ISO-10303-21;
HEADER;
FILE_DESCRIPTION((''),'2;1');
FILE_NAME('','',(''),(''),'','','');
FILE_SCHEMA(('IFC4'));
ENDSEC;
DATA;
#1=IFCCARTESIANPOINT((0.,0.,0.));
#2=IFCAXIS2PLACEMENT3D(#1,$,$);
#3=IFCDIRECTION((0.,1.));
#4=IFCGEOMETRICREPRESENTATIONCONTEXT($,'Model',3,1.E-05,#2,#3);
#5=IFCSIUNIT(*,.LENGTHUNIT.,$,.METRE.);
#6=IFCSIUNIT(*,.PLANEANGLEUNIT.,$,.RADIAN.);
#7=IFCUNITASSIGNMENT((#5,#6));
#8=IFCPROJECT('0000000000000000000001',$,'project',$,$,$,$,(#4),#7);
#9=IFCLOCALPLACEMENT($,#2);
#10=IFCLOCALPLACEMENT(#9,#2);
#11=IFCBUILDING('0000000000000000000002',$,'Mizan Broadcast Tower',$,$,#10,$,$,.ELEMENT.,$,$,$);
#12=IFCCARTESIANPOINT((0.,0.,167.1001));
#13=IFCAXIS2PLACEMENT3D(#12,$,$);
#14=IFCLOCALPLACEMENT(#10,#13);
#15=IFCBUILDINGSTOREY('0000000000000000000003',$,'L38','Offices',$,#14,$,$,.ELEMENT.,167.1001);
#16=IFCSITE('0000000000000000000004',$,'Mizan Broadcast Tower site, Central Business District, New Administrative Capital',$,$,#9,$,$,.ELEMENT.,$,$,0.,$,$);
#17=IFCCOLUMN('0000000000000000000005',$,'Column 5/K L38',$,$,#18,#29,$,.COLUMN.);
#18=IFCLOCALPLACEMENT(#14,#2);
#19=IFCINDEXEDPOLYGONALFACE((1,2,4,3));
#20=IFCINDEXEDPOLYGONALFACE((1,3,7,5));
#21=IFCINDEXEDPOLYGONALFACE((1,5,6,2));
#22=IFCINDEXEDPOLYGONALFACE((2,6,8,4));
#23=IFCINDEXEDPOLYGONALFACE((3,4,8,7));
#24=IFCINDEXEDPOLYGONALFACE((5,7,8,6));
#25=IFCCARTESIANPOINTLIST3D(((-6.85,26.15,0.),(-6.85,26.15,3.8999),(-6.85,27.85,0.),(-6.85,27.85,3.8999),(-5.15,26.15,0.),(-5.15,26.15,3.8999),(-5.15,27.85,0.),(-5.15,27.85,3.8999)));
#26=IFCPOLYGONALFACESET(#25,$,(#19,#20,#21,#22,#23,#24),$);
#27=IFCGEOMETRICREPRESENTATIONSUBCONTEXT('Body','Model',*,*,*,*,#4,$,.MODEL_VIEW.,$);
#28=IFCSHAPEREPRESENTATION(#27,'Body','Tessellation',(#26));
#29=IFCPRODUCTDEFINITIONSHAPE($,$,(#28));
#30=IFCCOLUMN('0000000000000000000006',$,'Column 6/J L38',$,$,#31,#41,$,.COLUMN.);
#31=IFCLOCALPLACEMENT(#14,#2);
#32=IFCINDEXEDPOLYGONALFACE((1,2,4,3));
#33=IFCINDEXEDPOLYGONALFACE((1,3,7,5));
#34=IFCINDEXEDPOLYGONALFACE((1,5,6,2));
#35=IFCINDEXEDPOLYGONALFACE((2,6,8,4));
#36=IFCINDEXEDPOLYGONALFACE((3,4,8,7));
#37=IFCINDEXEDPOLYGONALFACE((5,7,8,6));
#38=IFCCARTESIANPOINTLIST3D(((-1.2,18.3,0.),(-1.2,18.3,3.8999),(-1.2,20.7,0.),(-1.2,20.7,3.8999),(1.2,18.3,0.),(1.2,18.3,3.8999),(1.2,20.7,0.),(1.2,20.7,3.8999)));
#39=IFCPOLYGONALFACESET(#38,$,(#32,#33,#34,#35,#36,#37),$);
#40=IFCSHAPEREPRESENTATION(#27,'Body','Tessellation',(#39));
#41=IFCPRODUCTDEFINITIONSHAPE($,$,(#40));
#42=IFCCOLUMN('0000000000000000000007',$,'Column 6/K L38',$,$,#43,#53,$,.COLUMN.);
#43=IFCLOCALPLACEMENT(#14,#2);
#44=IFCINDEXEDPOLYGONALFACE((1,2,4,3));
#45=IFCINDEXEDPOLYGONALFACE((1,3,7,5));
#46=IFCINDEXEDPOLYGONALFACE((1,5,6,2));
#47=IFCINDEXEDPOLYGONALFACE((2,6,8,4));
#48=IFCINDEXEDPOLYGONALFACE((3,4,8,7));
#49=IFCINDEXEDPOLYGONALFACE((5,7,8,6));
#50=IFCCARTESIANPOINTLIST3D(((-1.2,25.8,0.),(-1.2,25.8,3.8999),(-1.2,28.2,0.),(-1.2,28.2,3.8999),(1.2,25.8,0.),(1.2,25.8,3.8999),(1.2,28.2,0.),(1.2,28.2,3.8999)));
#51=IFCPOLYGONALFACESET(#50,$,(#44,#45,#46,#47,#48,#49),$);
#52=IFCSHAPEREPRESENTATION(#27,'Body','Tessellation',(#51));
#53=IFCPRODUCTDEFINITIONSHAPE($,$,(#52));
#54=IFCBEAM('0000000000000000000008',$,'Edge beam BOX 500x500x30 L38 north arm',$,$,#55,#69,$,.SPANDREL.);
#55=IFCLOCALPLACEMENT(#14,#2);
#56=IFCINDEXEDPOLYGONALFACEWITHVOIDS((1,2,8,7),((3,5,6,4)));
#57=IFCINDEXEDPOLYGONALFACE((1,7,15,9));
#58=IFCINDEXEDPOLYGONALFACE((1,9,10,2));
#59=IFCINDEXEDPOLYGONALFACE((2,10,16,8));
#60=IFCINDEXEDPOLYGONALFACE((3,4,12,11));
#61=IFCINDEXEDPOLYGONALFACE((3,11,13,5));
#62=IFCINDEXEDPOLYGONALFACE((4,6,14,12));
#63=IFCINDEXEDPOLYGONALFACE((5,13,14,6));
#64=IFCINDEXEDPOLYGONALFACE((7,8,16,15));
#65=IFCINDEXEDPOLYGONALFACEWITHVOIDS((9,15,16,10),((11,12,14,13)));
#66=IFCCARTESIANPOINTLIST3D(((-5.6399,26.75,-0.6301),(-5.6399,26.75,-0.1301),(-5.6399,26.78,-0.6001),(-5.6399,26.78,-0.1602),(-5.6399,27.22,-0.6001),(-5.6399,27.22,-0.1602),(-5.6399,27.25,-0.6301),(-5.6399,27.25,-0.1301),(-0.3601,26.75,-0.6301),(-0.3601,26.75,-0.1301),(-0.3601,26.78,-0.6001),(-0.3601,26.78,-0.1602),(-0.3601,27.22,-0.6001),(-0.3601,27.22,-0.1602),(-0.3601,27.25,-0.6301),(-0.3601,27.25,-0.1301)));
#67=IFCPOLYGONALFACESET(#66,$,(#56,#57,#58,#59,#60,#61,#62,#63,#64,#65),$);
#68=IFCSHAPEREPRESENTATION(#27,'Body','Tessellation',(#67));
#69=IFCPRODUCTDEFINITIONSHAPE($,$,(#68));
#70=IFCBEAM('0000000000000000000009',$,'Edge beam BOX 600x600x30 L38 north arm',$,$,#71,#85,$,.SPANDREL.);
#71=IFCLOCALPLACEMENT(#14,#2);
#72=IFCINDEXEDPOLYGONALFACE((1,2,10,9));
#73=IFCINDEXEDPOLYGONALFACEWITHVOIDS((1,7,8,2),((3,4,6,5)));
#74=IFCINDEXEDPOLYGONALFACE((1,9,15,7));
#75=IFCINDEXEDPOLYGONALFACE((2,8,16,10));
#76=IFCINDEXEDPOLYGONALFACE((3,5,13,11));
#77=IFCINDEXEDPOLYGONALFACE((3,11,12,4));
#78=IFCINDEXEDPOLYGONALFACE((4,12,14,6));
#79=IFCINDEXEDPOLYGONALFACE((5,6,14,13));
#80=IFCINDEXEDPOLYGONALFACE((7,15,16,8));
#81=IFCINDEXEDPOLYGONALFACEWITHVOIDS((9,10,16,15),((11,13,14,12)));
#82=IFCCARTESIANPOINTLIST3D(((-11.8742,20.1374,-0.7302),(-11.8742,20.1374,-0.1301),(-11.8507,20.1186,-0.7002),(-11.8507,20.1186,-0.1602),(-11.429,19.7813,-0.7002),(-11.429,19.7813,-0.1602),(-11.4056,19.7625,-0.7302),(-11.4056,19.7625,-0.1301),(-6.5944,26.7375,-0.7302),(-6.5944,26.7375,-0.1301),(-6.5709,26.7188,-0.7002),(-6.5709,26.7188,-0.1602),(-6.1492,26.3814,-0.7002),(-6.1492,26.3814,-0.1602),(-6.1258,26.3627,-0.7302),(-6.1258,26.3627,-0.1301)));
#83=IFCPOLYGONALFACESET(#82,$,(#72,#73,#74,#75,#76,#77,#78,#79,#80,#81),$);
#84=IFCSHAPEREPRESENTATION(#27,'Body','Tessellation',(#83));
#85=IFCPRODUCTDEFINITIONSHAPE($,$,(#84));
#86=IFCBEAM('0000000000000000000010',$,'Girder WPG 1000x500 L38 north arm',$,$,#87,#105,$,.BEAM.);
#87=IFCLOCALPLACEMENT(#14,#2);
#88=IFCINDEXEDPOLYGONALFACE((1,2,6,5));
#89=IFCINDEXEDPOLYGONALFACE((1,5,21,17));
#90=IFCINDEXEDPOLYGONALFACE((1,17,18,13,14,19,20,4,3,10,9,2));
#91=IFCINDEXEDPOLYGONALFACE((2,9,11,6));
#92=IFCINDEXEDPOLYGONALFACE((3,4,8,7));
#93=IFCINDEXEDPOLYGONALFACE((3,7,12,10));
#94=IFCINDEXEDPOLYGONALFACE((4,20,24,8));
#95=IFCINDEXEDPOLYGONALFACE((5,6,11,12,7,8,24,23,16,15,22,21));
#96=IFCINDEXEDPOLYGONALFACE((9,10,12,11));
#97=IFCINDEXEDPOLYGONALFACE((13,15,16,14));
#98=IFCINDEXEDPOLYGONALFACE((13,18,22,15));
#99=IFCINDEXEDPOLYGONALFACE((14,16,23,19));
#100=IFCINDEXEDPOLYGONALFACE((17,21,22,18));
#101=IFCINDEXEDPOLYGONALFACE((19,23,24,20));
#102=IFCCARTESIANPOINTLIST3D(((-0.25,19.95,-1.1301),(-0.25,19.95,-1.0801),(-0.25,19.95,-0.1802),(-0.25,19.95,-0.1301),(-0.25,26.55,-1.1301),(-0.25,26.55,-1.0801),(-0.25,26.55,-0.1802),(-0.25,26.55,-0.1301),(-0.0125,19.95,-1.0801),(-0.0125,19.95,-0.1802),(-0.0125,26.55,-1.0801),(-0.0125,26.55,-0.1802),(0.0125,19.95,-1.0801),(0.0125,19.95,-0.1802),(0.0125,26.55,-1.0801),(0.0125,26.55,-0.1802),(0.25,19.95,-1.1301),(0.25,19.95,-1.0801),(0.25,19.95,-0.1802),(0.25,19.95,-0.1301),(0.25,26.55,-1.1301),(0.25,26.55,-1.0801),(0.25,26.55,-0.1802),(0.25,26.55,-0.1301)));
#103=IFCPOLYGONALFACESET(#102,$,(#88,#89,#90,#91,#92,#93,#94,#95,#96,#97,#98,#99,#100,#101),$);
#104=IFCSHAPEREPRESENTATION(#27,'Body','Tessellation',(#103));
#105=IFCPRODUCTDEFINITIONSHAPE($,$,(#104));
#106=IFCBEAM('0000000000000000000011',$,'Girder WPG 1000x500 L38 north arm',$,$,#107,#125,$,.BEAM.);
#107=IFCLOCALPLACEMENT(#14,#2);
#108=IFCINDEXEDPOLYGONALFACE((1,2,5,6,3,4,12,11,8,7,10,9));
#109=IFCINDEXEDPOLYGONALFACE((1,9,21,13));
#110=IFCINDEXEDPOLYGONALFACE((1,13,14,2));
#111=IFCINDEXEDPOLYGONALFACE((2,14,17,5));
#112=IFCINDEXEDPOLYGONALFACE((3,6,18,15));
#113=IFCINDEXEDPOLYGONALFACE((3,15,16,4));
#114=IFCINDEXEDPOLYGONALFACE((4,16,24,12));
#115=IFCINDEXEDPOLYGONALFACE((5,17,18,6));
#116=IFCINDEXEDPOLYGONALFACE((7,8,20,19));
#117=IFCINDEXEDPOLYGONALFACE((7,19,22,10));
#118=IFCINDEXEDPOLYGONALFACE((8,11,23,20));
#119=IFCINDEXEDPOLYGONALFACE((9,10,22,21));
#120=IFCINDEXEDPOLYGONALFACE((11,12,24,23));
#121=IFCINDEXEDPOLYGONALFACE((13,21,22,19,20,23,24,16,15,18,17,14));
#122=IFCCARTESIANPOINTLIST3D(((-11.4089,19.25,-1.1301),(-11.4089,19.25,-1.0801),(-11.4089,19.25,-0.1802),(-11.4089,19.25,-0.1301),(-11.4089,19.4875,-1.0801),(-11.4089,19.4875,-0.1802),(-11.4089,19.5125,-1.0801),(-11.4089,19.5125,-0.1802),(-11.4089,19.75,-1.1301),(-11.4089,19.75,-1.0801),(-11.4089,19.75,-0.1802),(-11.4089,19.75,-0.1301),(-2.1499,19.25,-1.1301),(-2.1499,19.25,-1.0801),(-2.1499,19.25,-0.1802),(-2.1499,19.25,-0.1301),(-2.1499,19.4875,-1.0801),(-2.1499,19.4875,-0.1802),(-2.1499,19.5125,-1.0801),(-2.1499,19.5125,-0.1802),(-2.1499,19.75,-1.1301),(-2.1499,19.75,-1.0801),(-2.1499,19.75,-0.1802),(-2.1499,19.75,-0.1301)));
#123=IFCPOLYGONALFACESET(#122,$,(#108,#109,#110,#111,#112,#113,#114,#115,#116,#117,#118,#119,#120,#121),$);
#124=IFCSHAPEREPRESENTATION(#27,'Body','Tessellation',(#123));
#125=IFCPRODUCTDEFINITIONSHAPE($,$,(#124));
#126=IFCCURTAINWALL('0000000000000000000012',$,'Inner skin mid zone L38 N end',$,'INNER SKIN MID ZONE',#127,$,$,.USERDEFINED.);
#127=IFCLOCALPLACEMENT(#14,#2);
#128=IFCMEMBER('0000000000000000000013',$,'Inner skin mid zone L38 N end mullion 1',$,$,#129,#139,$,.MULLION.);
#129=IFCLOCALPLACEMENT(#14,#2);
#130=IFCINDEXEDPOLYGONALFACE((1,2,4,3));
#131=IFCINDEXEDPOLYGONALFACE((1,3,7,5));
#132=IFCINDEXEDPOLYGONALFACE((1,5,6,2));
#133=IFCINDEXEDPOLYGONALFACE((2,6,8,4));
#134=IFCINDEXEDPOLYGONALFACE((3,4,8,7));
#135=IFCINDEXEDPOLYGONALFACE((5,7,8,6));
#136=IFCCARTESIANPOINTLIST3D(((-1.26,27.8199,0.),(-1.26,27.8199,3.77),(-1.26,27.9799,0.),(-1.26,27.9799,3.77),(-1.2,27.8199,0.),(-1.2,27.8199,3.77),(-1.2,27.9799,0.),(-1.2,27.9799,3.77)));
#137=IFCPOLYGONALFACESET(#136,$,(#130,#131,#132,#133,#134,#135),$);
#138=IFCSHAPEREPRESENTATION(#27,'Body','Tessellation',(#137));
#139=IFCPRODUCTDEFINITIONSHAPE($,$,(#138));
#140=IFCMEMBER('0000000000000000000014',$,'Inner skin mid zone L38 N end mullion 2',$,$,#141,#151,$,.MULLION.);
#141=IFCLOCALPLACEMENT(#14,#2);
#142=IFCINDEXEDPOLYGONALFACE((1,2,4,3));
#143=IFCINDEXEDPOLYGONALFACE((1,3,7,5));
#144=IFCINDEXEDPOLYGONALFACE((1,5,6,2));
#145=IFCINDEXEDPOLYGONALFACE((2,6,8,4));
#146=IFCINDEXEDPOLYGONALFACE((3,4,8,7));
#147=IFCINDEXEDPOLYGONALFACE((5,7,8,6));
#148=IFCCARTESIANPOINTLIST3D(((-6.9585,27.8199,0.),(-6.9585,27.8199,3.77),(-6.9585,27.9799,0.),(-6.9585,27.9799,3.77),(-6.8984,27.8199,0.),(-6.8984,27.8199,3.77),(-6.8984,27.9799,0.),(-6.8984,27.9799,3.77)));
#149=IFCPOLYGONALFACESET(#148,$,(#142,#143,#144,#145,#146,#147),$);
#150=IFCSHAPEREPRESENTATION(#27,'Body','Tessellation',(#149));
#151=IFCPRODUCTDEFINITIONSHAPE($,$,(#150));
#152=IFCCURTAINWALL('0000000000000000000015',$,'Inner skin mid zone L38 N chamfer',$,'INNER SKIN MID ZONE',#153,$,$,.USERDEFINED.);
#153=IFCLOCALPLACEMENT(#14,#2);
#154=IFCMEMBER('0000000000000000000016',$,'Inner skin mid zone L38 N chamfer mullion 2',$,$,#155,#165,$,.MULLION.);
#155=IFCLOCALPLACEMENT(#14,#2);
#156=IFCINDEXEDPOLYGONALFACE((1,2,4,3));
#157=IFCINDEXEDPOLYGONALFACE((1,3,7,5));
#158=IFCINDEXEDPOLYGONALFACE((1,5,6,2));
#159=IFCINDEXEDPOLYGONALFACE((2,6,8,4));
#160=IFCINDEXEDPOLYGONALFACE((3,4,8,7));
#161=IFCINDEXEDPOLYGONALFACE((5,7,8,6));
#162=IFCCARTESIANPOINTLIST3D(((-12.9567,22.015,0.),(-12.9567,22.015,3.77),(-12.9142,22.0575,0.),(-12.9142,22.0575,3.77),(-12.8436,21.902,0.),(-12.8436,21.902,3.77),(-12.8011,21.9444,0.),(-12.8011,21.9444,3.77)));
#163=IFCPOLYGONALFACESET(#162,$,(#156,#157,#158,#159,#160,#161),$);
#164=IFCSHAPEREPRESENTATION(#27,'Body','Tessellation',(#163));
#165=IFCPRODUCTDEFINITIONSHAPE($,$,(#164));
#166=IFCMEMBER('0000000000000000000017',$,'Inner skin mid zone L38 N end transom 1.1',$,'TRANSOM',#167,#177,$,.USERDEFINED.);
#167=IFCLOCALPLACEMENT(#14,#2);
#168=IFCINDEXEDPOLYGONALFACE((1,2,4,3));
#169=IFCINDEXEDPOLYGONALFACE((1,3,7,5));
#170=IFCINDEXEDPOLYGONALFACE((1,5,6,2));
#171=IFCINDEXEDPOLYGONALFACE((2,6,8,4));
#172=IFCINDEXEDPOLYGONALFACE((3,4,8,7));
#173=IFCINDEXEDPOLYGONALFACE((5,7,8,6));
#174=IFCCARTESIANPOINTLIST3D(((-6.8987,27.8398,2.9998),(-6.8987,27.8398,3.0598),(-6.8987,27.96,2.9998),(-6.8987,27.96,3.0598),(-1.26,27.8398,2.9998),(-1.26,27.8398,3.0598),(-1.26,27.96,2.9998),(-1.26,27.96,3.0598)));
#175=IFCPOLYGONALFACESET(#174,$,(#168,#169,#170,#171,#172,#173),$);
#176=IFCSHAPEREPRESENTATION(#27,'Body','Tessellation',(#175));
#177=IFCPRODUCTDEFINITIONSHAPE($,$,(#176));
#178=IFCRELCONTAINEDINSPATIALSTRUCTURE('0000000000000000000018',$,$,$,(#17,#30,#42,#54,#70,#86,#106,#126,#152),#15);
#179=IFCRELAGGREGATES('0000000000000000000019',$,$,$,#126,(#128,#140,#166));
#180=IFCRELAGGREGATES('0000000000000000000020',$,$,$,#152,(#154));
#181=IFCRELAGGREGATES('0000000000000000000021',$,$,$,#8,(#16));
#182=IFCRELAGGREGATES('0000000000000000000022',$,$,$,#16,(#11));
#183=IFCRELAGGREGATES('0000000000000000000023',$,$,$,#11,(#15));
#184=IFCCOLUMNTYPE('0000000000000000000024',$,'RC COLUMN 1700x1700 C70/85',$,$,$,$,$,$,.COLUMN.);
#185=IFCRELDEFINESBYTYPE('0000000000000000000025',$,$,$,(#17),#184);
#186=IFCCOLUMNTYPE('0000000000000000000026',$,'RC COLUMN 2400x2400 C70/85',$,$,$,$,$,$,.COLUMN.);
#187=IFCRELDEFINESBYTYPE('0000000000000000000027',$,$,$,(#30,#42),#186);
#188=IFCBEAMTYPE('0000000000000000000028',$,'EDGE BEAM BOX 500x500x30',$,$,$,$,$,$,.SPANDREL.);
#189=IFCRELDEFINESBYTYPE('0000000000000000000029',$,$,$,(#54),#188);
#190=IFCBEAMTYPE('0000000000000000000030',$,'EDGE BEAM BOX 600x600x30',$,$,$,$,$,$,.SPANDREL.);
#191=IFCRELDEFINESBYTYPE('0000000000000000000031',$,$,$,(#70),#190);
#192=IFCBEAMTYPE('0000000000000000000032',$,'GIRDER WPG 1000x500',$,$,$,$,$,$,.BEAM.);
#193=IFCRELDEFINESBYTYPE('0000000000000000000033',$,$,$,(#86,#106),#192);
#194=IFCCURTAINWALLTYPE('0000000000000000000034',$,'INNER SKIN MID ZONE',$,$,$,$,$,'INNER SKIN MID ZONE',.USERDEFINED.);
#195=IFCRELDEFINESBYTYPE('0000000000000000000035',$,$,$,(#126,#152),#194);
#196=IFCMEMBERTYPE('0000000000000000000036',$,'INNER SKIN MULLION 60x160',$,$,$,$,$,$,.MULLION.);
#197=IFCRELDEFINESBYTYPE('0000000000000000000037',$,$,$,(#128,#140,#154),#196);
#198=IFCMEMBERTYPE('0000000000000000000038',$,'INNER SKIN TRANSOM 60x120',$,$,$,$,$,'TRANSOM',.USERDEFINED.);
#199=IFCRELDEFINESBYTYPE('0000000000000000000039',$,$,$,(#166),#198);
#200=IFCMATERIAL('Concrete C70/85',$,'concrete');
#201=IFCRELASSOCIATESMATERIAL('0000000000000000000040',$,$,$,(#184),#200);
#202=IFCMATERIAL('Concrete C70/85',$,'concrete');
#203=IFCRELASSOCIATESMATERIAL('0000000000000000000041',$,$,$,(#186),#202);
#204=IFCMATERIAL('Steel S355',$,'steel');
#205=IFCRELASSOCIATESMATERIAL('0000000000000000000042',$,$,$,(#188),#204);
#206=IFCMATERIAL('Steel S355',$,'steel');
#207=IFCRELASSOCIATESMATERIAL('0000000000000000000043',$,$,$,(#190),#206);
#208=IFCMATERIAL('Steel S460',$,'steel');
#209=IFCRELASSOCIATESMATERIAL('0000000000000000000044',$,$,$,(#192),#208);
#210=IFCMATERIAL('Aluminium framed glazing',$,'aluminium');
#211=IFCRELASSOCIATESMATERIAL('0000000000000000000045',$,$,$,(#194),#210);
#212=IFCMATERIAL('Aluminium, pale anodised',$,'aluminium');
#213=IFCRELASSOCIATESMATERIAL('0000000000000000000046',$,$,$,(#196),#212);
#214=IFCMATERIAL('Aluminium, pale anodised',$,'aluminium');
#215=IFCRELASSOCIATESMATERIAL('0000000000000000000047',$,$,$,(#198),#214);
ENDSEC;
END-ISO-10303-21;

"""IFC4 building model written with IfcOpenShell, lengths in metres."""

from ifc_helpers import new_model, si_unit, direction, frame, origin, origin_2d, place, context, subcontext, project, spatial, rectangle, hollow_rectangle, i_section, extrude, material, material_profile, profile_set, type_object, element, aggregate, save


model = new_model("IFC4")

# Units and contexts
model_context = context("Model", 3, precision=1e-05, world=origin(), true_north=direction((0.0, 1.0)))
body_context = subcontext(model_context, "Body", "Model", "MODEL_VIEW")
ifc_project = project(units=[si_unit("LENGTHUNIT", "METRE"), si_unit("PLANEANGLEUNIT", "RADIAN")], contexts=[model_context])

# Site, building, storey
site_placement = place(None, origin())
site = spatial("IfcSite", under=ifc_project, at=site_placement, Name="Mizan Broadcast Tower site, Central Business District, New Administrative Capital", CompositionType="ELEMENT", RefElevation=0.0)
building_placement = place(site_placement, origin())
building = spatial("IfcBuilding", under=site, at=building_placement, Name="Mizan Broadcast Tower", CompositionType="ELEMENT")
storey_placement = place(building_placement, frame((0.0, 0.0, 167.1001)))
storey = spatial("IfcBuildingStorey", under=building, at=storey_placement, Name="L38", Description="Offices", CompositionType="ELEMENT", Elevation=167.1001)

# Columns
ifc_material_1 = material(Name="Concrete C70/85", Category="concrete")
ifc_material_profile_1 = material_profile(ifc_material_1, rectangle(XDim=1.7, YDim=1.7, at=origin_2d()), Name="RC 1700x1700")
ifc_profile_set_1 = profile_set([ifc_material_profile_1], Name="Concrete C70/85")
column_type_1 = type_object("IfcColumnType", Name="RC COLUMN 1700x1700 C70/85", PredefinedType="COLUMN", material=ifc_profile_set_1)
column_placement = place(storey_placement, frame((-6.0, 27.0, 0.0), z_axis=(0.0, 0.0, 1.0), x_axis=(1.0, 0.0, 0.0)))
element("IfcColumn", 1, at=column_placement, inside=storey, type_object=column_type_1, Name="Column 5/K L38", PredefinedType="COLUMN", context=body_context, shape_type="SweptSolid", body=[
    extrude(rectangle(XDim=1.7, YDim=1.7, at=origin_2d()), origin(), (0.0, 0.0, 1.0), 3.8999),
])
ifc_material_2 = material(Name="Concrete C70/85", Category="concrete")
ifc_material_profile_2 = material_profile(ifc_material_2, rectangle(XDim=2.3999, YDim=2.3999, at=origin_2d()), Name="RC 2400x2400")
ifc_profile_set_2 = profile_set([ifc_material_profile_2], Name="Concrete C70/85")
column_type_2 = type_object("IfcColumnType", Name="RC COLUMN 2400x2400 C70/85", PredefinedType="COLUMN", material=ifc_profile_set_2)
for number, where, z_axis, x_axis, name in (
    (2, (0.0, 19.5, 0.0), (0.0, 0.0, 1.0), (1.0, 0.0, 0.0), "Column 6/J L38"),
    (3, (0.0, 27.0, 0.0), (0.0, 0.0, 1.0), (1.0, 0.0, 0.0), "Column 6/K L38"),
):
    element("IfcColumn", number, at=place(storey_placement, frame(where, z_axis=z_axis, x_axis=x_axis)), inside=storey, type_object=column_type_2, Name=name, PredefinedType="COLUMN", context=body_context, shape_type="SweptSolid", body=[
        extrude(rectangle(XDim=2.3999, YDim=2.3999, at=origin_2d()), origin(), (0.0, 0.0, 1.0), 3.8999),
    ])

# Beams
ifc_material_3 = material(Name="Steel S355", Category="steel")
ifc_material_profile_3 = material_profile(ifc_material_3, hollow_rectangle(XDim=0.5, YDim=0.5, WallThickness=0.03, at=origin_2d()), Name="BOX 500x500x30")
ifc_profile_set_3 = profile_set([ifc_material_profile_3], Name="Steel S355")
beam_type_1 = type_object("IfcBeamType", Name="EDGE BEAM BOX 500x500x30", PredefinedType="SPANDREL", material=ifc_profile_set_3)
beam_1_placement = place(storey_placement, frame((-5.6399, 27.0, -0.3801), z_axis=(1.0, 0.0, 0.0), x_axis=(0.0, 1.0, 0.0)))
element("IfcBeam", 4, at=beam_1_placement, inside=storey, type_object=beam_type_1, Name="Edge beam BOX 500x500x30 L38 north arm", PredefinedType="SPANDREL", context=body_context, shape_type="SweptSolid", body=[
    extrude(hollow_rectangle(XDim=0.5, YDim=0.5, WallThickness=0.03, at=origin_2d()), origin(), (0.0, 0.0, 1.0), 5.2798),
])
ifc_material_4 = material(Name="Steel S355", Category="steel")
ifc_material_profile_4 = material_profile(ifc_material_4, hollow_rectangle(XDim=0.6001, YDim=0.6001, WallThickness=0.03, at=origin_2d()), Name="BOX 600x600x30")
ifc_profile_set_4 = profile_set([ifc_material_profile_4], Name="Steel S355")
beam_type_2 = type_object("IfcBeamType", Name="EDGE BEAM BOX 600x600x30", PredefinedType="SPANDREL", material=ifc_profile_set_4)
beam_2_placement = place(storey_placement, frame((-11.6399, 19.95, -0.4302), z_axis=(0.624674, 0.780886, 0.0), x_axis=(-0.780886, 0.624674, 0.0)))
element("IfcBeam", 5, at=beam_2_placement, inside=storey, type_object=beam_type_2, Name="Edge beam BOX 600x600x30 L38 north arm", PredefinedType="SPANDREL", context=body_context, shape_type="SweptSolid", body=[
    extrude(hollow_rectangle(XDim=0.6001, YDim=0.6001, WallThickness=0.03, at=origin_2d()), origin(), (0.0, 0.0, 1.0), 8.4521),
])
ifc_material_5 = material(Name="Steel S460", Category="steel")
ifc_material_profile_5 = material_profile(ifc_material_5, i_section(OverallWidth=0.5, OverallDepth=1.0, WebThickness=0.0249, FlangeThickness=0.05, at=origin_2d()), Name="WPG 1000x500")
ifc_profile_set_5 = profile_set([ifc_material_profile_5], Name="Steel S460")
beam_type_3 = type_object("IfcBeamType", Name="GIRDER WPG 1000x500", PredefinedType="BEAM", material=ifc_profile_set_5)
beam_3_placement = place(storey_placement, frame((0.0, 19.95, -0.6301), z_axis=(0.0, 1.0, 0.0), x_axis=(-1.0, 0.0, 0.0)))
element("IfcBeam", 6, at=beam_3_placement, inside=storey, type_object=beam_type_3, Name="Girder WPG 1000x500 L38 north arm", PredefinedType="BEAM", context=body_context, shape_type="SweptSolid", body=[
    extrude(i_section(OverallWidth=0.5, OverallDepth=1.0, WebThickness=0.0249, FlangeThickness=0.05, at=origin_2d()), origin(), (0.0, 0.0, 1.0), 6.6001),
])
beam_4_placement = place(storey_placement, frame((-11.4089, 19.5, -0.6301), z_axis=(1.0, 0.0, 0.0), x_axis=(0.0, 1.0, 0.0)))
element("IfcBeam", 7, at=beam_4_placement, inside=storey, type_object=beam_type_3, Name="Girder WPG 1000x500 L38 north arm", PredefinedType="BEAM", context=body_context, shape_type="SweptSolid", body=[
    extrude(i_section(OverallWidth=0.5, OverallDepth=1.0, WebThickness=0.0249, FlangeThickness=0.05, at=origin_2d()), origin(), (0.0, 0.0, 1.0), 9.259),
])

# Curtain wall, members
ifc_material_6 = material(Name="Aluminium framed glazing", Category="aluminium")
curtain_wall_type_1 = type_object("IfcCurtainWallType", Name="INNER SKIN MID ZONE", ElementType="INNER SKIN MID ZONE", PredefinedType="USERDEFINED", material=ifc_material_6)
curtain_wall_1_placement = place(storey_placement, origin())
curtain_wall_1 = element("IfcCurtainWall", 8, at=curtain_wall_1_placement, inside=storey, type_object=curtain_wall_type_1, Name="Inner skin mid zone L38 N end", ObjectType="INNER SKIN MID ZONE", PredefinedType="USERDEFINED")
ifc_material_7 = material(Name="Aluminium, pale anodised", Category="aluminium")
ifc_material_profile_6 = material_profile(ifc_material_7, rectangle(XDim=0.1599, YDim=0.0601, at=origin_2d()), Name="MULLION 160x60")
ifc_profile_set_6 = profile_set([ifc_material_profile_6], Name="Aluminium, pale anodised")
member_type_1 = type_object("IfcMemberType", Name="INNER SKIN MULLION 60x160", PredefinedType="MULLION", material=ifc_profile_set_6)
member_1_placement = place(storey_placement, frame((-1.23, 27.8999, 0.0), z_axis=(0.0, 0.0, 1.0), x_axis=(0.0, -1.0, 0.0)))
member_1 = element("IfcMember", 9, at=member_1_placement, type_object=member_type_1, Name="Inner skin mid zone L38 N end mullion 1", PredefinedType="MULLION", context=body_context, shape_type="SweptSolid", body=[
    extrude(rectangle(XDim=0.1599, YDim=0.0601, at=origin_2d()), origin(), (0.0, 0.0, 1.0), 3.77),
])
member_2_placement = place(storey_placement, frame((-6.9285, 27.8999, 0.0), z_axis=(0.0, 0.0, 1.0), x_axis=(0.0, -1.0, 0.0)))
member_2 = element("IfcMember", 10, at=member_2_placement, type_object=member_type_1, Name="Inner skin mid zone L38 N end mullion 2", PredefinedType="MULLION", context=body_context, shape_type="SweptSolid", body=[
    extrude(rectangle(XDim=0.1599, YDim=0.0601, at=origin_2d()), origin(), (0.0, 0.0, 1.0), 3.77),
])

# Curtain wall, member
curtain_wall_2_placement = place(storey_placement, origin())
curtain_wall_2 = element("IfcCurtainWall", 11, at=curtain_wall_2_placement, inside=storey, type_object=curtain_wall_type_1, Name="Inner skin mid zone L38 N chamfer", ObjectType="INNER SKIN MID ZONE", PredefinedType="USERDEFINED")
member_3_placement = place(storey_placement, frame((-12.8789, 21.9797, 0.0), z_axis=(0.0, 0.0, 1.0), x_axis=(0.707107, -0.707107, 0.0)))
member_3 = element("IfcMember", 12, at=member_3_placement, type_object=member_type_1, Name="Inner skin mid zone L38 N chamfer mullion 2", PredefinedType="MULLION", context=body_context, shape_type="SweptSolid", body=[
    extrude(rectangle(XDim=0.1599, YDim=0.0601, at=origin_2d()), origin(), (0.0, 0.0, 1.0), 3.77),
])

# Member
ifc_material_8 = material(Name="Aluminium, pale anodised", Category="aluminium")
ifc_material_profile_7 = material_profile(ifc_material_8, rectangle(XDim=0.1201, YDim=0.0601, at=origin_2d()), Name="TRANSOM 120x60")
ifc_profile_set_7 = profile_set([ifc_material_profile_7], Name="Aluminium, pale anodised")
member_type_2 = type_object("IfcMemberType", Name="INNER SKIN TRANSOM 60x120", ElementType="TRANSOM", PredefinedType="USERDEFINED", material=ifc_profile_set_7)
member_4_placement = place(storey_placement, frame((-1.26, 27.8999, 3.0298), z_axis=(-1.0, 0.0, 0.0), x_axis=(0.0, -1.0, 0.0)))
member_4 = element("IfcMember", 13, at=member_4_placement, type_object=member_type_2, Name="Inner skin mid zone L38 N end transom 1.1", ObjectType="TRANSOM", PredefinedType="USERDEFINED", context=body_context, shape_type="SweptSolid", body=[
    extrude(rectangle(XDim=0.1201, YDim=0.0601, at=origin_2d()), origin(), (0.0, 0.0, 1.0), 5.6387),
])

aggregate(curtain_wall_1, [member_1, member_2, member_4])
aggregate(curtain_wall_2, [member_3])

save(model, "model.ifc")
